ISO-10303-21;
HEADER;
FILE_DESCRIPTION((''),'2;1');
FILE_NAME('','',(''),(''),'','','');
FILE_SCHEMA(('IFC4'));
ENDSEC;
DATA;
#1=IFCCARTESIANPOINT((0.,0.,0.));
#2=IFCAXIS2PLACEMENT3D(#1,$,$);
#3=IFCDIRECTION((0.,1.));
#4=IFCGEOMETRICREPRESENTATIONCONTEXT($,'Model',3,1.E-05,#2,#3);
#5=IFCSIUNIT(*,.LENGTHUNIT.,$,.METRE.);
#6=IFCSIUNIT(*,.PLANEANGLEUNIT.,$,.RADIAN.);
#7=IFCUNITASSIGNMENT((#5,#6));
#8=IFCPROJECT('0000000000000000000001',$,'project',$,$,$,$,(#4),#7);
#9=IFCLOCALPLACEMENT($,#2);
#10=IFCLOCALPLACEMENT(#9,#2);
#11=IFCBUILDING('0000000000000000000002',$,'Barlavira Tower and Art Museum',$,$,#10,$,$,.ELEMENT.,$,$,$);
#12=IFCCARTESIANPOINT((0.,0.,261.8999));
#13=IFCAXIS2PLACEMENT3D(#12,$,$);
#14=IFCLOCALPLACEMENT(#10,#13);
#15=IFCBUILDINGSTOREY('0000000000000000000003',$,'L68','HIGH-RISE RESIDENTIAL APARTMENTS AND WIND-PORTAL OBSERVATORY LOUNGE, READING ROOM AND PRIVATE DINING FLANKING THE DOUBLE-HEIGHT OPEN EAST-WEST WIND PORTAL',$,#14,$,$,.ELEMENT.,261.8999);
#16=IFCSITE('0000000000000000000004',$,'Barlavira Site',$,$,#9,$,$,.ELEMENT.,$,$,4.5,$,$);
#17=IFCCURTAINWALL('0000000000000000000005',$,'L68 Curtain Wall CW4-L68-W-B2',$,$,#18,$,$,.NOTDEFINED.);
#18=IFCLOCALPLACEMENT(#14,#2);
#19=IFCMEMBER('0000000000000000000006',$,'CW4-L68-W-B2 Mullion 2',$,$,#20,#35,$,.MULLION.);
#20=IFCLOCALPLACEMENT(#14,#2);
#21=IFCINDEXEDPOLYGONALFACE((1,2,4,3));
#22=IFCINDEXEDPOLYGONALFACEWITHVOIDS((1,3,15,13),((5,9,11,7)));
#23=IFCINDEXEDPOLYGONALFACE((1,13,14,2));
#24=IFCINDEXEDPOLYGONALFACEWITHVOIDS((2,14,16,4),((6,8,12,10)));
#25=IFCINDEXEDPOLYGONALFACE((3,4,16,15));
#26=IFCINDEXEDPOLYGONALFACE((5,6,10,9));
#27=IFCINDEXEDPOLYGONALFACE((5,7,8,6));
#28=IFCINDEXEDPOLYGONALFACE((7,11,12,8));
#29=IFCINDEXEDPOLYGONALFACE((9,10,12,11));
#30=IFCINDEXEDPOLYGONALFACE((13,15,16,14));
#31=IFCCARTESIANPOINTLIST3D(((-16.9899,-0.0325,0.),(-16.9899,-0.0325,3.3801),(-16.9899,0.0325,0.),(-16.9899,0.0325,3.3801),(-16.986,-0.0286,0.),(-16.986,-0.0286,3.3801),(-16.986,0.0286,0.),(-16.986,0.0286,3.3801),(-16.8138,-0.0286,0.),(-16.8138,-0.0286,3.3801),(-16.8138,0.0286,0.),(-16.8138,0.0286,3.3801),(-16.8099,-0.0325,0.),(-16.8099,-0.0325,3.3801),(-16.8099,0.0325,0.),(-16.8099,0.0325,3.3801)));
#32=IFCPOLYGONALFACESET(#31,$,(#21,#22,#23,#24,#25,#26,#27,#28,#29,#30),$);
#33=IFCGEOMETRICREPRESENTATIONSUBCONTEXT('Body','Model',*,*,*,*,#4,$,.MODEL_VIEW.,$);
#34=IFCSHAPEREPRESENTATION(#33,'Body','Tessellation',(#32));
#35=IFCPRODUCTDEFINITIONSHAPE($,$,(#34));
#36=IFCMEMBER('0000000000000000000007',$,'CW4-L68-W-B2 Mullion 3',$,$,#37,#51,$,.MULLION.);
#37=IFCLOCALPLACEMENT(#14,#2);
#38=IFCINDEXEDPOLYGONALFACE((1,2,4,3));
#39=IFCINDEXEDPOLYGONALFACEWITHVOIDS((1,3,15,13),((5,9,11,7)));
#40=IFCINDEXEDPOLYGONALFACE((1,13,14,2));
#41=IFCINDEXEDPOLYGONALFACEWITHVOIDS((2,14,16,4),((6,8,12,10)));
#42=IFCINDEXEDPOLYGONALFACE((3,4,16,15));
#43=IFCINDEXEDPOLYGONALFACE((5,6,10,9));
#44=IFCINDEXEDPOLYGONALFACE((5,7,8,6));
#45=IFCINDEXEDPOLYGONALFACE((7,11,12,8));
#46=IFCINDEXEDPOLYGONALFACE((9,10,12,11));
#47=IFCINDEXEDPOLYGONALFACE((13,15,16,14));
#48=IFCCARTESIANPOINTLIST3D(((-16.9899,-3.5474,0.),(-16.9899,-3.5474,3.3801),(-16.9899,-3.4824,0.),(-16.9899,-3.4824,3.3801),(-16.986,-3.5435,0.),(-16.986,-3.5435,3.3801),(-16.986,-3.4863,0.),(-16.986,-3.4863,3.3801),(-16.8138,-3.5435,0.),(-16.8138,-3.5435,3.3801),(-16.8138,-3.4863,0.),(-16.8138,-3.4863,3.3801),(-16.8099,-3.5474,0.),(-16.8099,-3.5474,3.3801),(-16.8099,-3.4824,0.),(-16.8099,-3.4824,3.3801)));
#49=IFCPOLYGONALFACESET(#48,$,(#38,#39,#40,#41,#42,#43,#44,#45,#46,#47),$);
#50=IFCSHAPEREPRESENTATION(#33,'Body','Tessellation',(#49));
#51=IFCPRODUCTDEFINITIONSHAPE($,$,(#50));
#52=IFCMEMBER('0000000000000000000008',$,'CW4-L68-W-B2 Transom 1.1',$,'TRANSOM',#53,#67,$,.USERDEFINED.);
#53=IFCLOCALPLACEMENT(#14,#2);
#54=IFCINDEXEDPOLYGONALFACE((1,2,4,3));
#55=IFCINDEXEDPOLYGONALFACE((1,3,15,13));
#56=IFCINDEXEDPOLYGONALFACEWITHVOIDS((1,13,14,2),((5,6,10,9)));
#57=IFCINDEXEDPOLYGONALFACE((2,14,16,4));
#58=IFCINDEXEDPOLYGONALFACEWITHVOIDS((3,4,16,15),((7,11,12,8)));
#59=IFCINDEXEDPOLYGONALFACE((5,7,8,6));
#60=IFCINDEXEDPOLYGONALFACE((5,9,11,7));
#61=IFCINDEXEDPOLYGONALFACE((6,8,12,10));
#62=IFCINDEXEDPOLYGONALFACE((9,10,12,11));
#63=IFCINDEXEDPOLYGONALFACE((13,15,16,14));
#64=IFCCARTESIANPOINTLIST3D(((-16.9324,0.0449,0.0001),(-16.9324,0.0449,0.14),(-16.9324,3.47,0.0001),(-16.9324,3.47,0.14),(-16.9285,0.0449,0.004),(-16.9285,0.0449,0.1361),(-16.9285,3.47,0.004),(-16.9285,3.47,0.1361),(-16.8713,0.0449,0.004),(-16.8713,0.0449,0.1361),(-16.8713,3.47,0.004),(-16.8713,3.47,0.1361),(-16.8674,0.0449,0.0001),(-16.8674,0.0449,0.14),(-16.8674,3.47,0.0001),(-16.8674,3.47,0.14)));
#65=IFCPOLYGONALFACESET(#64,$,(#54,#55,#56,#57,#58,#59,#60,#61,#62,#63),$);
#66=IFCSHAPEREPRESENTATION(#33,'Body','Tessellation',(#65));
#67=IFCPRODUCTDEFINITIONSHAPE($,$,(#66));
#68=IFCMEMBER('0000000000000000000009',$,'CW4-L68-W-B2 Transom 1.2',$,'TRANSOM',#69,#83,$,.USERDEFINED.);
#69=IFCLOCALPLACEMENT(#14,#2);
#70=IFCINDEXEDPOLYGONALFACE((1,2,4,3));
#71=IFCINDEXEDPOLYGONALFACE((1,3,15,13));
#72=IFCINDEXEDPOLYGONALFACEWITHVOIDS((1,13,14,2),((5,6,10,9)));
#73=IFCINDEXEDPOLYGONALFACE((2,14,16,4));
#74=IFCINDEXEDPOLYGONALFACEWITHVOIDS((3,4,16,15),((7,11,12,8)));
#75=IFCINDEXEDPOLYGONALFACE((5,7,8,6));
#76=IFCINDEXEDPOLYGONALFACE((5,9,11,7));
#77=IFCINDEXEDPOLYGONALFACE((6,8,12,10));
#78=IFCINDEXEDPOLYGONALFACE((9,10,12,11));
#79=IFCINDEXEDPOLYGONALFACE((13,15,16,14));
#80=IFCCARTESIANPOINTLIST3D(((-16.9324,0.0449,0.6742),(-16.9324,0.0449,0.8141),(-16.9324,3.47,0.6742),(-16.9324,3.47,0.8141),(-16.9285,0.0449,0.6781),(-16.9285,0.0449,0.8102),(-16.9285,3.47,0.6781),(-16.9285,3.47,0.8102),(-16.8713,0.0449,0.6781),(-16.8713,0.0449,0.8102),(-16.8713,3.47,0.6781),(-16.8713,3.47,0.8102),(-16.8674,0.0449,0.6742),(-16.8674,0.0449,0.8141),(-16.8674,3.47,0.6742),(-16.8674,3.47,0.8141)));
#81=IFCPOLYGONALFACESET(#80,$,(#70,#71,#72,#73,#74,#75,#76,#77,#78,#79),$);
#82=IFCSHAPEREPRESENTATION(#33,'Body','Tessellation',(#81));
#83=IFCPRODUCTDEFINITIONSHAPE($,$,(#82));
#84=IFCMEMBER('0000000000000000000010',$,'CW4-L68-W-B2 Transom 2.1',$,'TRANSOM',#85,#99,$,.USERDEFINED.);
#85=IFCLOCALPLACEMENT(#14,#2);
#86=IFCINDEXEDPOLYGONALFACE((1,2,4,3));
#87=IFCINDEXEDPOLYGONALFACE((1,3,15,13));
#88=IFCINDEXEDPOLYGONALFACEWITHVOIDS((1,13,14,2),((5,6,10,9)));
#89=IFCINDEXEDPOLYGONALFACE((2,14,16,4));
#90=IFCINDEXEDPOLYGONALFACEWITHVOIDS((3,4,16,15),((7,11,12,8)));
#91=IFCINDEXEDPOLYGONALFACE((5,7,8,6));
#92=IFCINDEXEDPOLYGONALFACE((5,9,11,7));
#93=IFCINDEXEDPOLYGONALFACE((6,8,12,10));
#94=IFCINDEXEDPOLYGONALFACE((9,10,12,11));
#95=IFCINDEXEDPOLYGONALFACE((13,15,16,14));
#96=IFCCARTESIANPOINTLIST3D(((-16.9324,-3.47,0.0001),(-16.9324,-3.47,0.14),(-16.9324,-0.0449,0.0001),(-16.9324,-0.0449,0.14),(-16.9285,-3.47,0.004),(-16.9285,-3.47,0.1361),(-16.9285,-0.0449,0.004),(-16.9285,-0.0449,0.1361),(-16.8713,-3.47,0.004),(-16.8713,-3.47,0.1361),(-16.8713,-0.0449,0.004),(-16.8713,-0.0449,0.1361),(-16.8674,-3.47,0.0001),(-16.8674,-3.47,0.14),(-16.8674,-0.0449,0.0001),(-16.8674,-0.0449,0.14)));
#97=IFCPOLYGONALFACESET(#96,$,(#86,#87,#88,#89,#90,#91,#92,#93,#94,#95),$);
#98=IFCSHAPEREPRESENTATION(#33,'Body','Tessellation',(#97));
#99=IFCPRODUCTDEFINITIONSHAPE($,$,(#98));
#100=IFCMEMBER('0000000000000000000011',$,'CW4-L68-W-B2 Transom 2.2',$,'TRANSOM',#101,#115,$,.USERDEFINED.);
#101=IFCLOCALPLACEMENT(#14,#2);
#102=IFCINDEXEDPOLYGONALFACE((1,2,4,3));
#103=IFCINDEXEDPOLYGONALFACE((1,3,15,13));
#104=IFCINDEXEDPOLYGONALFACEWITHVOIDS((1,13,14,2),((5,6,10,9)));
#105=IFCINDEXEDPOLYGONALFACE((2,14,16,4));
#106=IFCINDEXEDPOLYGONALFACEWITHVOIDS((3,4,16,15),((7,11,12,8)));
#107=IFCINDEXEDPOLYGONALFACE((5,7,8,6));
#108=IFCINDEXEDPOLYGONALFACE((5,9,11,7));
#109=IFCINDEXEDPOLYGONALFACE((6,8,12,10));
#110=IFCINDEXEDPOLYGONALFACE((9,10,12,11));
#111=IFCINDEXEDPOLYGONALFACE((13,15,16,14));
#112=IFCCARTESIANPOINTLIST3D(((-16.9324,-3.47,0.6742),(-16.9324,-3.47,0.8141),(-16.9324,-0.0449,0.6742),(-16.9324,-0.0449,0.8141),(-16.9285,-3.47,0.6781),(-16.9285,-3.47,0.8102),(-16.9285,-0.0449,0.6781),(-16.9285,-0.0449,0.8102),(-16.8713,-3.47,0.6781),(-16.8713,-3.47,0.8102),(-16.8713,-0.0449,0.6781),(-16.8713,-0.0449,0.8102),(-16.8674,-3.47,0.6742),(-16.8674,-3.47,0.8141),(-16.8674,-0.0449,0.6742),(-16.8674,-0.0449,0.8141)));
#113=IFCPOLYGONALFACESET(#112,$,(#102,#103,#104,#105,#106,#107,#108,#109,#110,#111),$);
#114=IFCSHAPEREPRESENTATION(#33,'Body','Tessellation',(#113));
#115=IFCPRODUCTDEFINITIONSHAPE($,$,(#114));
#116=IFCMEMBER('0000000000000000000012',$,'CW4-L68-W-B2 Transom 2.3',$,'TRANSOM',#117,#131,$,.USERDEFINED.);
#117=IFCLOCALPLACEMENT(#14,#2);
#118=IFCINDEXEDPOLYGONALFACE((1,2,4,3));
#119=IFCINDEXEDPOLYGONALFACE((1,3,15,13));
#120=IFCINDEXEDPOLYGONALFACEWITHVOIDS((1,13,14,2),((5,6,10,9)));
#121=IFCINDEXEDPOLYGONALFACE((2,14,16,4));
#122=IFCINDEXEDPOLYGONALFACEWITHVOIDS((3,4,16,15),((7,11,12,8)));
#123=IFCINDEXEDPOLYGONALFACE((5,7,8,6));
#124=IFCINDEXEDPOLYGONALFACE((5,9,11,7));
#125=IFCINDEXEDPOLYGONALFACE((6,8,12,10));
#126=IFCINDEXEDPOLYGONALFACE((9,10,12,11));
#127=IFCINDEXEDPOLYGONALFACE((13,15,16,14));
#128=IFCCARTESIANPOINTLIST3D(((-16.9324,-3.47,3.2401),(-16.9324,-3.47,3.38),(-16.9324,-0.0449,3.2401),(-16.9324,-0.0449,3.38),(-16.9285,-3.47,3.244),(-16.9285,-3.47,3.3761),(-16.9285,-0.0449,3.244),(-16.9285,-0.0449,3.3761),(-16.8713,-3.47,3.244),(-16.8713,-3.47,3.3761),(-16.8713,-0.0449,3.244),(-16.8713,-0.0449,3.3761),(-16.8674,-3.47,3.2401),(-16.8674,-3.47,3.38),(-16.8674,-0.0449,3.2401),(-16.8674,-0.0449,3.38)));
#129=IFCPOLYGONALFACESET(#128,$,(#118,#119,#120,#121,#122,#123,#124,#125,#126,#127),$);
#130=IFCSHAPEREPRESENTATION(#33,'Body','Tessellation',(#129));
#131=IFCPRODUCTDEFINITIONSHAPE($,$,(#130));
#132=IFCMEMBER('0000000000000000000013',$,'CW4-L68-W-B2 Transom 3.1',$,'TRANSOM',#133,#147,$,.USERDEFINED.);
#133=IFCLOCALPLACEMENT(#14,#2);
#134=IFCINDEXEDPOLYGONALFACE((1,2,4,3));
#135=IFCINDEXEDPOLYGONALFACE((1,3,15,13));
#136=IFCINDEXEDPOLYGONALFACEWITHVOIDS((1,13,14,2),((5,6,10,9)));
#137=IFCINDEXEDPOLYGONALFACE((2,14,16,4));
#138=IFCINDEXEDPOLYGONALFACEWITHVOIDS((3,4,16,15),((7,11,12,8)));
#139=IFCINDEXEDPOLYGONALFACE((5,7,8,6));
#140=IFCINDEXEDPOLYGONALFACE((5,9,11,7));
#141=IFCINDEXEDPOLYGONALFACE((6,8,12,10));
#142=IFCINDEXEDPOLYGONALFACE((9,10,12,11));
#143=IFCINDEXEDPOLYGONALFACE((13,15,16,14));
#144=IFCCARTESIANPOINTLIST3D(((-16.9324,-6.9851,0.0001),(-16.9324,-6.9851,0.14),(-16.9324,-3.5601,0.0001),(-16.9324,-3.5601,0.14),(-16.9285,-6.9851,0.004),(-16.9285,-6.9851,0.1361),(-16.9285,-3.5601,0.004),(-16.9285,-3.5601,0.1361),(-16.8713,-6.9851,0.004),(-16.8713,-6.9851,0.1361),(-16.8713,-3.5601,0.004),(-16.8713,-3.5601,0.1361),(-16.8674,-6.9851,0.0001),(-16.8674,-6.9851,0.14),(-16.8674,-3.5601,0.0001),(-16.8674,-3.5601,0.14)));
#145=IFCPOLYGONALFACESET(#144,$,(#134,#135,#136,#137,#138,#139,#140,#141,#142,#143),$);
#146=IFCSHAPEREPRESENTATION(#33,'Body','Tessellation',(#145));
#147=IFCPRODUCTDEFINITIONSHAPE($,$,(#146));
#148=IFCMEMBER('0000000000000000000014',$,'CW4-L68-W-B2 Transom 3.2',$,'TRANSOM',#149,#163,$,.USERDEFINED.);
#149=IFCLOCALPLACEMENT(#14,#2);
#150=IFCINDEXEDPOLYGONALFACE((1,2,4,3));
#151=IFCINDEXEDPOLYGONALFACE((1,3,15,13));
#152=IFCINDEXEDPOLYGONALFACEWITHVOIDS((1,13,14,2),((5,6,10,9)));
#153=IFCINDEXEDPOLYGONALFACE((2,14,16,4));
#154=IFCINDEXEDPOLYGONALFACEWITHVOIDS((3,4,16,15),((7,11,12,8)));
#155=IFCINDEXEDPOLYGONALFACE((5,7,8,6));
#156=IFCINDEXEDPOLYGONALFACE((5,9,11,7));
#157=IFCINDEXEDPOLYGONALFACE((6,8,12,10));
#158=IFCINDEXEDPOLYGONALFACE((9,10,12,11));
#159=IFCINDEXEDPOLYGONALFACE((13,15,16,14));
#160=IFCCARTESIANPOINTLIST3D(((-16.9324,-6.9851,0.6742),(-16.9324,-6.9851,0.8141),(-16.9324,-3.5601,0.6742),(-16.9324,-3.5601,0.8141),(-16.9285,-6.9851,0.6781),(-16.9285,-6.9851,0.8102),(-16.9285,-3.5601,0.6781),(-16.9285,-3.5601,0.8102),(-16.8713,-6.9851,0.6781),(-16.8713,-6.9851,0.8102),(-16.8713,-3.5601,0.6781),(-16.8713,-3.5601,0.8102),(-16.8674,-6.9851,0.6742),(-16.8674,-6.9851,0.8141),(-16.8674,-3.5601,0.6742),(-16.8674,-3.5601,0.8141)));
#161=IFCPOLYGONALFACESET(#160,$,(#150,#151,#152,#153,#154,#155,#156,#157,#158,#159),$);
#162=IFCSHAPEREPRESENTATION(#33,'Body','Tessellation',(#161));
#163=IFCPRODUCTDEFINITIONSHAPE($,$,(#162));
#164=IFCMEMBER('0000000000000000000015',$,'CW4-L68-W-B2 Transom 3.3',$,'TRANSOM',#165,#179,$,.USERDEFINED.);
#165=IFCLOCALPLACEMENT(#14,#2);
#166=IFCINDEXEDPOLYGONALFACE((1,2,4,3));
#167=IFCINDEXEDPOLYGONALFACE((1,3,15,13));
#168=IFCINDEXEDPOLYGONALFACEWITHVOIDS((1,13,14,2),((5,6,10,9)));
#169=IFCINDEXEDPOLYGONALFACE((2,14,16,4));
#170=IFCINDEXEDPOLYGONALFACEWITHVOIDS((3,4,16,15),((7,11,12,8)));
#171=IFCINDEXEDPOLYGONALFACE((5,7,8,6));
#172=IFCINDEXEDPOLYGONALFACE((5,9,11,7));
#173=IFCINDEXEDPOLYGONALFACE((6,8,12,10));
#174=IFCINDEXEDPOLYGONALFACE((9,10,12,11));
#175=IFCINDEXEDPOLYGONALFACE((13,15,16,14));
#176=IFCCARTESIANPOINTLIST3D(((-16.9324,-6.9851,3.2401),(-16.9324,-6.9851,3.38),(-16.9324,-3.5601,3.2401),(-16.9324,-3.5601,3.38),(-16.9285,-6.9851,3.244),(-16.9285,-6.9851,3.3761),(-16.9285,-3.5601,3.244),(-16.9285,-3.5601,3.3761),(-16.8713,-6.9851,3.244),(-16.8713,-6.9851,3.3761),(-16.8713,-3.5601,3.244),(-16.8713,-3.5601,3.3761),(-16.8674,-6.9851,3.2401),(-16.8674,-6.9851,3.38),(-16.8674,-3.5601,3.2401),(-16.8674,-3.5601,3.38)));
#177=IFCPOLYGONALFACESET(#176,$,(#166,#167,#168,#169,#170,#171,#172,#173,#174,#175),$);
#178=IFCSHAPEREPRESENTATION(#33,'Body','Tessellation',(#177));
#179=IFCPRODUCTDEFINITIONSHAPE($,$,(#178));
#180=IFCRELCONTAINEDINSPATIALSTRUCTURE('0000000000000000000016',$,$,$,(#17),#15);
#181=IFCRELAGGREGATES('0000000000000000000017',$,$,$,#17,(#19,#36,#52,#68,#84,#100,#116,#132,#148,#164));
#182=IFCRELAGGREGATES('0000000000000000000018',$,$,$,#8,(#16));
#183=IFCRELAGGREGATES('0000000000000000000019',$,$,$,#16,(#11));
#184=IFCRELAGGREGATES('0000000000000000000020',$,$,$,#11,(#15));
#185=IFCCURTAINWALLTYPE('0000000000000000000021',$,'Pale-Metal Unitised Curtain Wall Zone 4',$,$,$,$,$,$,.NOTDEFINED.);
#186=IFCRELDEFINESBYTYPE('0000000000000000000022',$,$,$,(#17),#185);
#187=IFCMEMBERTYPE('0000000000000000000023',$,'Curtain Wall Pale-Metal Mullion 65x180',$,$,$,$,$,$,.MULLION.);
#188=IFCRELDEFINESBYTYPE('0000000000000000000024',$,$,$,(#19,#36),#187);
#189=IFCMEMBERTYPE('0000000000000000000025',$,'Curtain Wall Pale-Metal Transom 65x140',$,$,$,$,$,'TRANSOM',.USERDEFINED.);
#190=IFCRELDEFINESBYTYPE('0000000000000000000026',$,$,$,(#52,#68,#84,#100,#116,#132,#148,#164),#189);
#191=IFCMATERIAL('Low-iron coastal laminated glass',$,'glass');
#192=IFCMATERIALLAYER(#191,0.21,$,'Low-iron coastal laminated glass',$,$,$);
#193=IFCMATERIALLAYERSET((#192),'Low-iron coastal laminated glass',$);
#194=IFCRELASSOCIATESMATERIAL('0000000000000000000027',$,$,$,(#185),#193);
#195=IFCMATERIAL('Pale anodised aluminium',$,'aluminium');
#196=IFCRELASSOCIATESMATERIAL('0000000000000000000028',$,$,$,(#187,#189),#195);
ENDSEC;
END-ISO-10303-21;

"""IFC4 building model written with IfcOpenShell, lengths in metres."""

from ifc_helpers import new_model, si_unit, direction, frame, origin, origin_2d, place, context, subcontext, project, spatial, hollow_rectangle, extrude, material, layer, layer_set, material_profile, profile_set, type_object, element, aggregate, save


model = new_model("IFC4")

# Units and contexts
model_context = context("Model", 3, precision=1e-05, world=origin(), true_north=direction((0.0, 1.0)))
body_context = subcontext(model_context, "Body", "Model", "MODEL_VIEW")
ifc_project = project(units=[si_unit("LENGTHUNIT", "METRE"), si_unit("PLANEANGLEUNIT", "RADIAN")], contexts=[model_context])

# Site, building, storey
site_placement = place(None, origin())
site = spatial("IfcSite", under=ifc_project, at=site_placement, Name="Barlavira Site", CompositionType="ELEMENT", RefElevation=4.5)
building_placement = place(site_placement, origin())
building = spatial("IfcBuilding", under=site, at=building_placement, Name="Barlavira Tower and Art Museum", CompositionType="ELEMENT")
storey_placement = place(building_placement, frame((0.0, 0.0, 261.8999)))
storey = spatial("IfcBuildingStorey", under=building, at=storey_placement, Name="L68", Description="HIGH-RISE RESIDENTIAL APARTMENTS AND WIND-PORTAL OBSERVATORY LOUNGE, READING ROOM AND PRIVATE DINING FLANKING THE DOUBLE-HEIGHT OPEN EAST-WEST WIND PORTAL", CompositionType="ELEMENT", Elevation=261.8999)

# Curtain wall, members
ifc_material_1 = material(Name="Low-iron coastal laminated glass", Category="glass")
ifc_layer_1 = layer(ifc_material_1, 0.21, Name="Low-iron coastal laminated glass")
ifc_layer_set_1 = layer_set([ifc_layer_1], Name="Low-iron coastal laminated glass")
curtain_wall_type = type_object("IfcCurtainWallType", Name="Pale-Metal Unitised Curtain Wall Zone 4", PredefinedType="NOTDEFINED", material=ifc_layer_set_1)
curtain_wall_placement = place(storey_placement, origin())
curtain_wall = element("IfcCurtainWall", 1, at=curtain_wall_placement, inside=storey, type_object=curtain_wall_type, Name="L68 Curtain Wall CW4-L68-W-B2", PredefinedType="NOTDEFINED")
ifc_material_2 = material(Name="Pale anodised aluminium", Category="aluminium")
ifc_material_profile_1 = material_profile(ifc_material_2, hollow_rectangle(XDim=0.0649, YDim=0.1799, WallThickness=0.0039, at=origin_2d()), Name="ALU-MULL 65x180x4")
ifc_profile_set_1 = profile_set([ifc_material_profile_1], Name="Pale anodised aluminium")
member_type_1 = type_object("IfcMemberType", Name="Curtain Wall Pale-Metal Mullion 65x180", PredefinedType="MULLION", material=ifc_profile_set_1)
member_1_placement = place(storey_placement, frame((-16.8999, 0.0, 0.0), z_axis=(0.0, 0.0, 1.0), x_axis=(0.0, -1.0, 0.0)))
member_1 = element("IfcMember", 2, at=member_1_placement, type_object=member_type_1, Name="CW4-L68-W-B2 Mullion 2", PredefinedType="MULLION", context=body_context, shape_type="SweptSolid", body=[
    extrude(hollow_rectangle(XDim=0.0649, YDim=0.1799, WallThickness=0.0039, at=origin_2d()), origin(), (0.0, 0.0, 1.0), 3.3801),
])
member_2_placement = place(storey_placement, frame((-16.8999, -3.5149, 0.0), z_axis=(0.0, 0.0, 1.0), x_axis=(0.0, -1.0, 0.0)))
member_2 = element("IfcMember", 3, at=member_2_placement, type_object=member_type_1, Name="CW4-L68-W-B2 Mullion 3", PredefinedType="MULLION", context=body_context, shape_type="SweptSolid", body=[
    extrude(hollow_rectangle(XDim=0.0649, YDim=0.1799, WallThickness=0.0039, at=origin_2d()), origin(), (0.0, 0.0, 1.0), 3.3801),
])
ifc_material_profile_2 = material_profile(ifc_material_2, hollow_rectangle(XDim=0.0649, YDim=0.1399, WallThickness=0.0039, at=origin_2d()), Name="ALU-TRAN 65x140x4")
ifc_profile_set_2 = profile_set([ifc_material_profile_2], Name="Pale anodised aluminium")
member_type_2 = type_object("IfcMemberType", Name="Curtain Wall Pale-Metal Transom 65x140", ElementType="TRANSOM", PredefinedType="USERDEFINED", material=ifc_profile_set_2)
member_3_placement = place(storey_placement, frame((-16.8999, 3.47, 0.0701), z_axis=(0.0, -1.0, 0.0), x_axis=(1.0, 0.0, 0.0)))
member_3 = element("IfcMember", 4, at=member_3_placement, type_object=member_type_2, Name="CW4-L68-W-B2 Transom 1.1", ObjectType="TRANSOM", PredefinedType="USERDEFINED", context=body_context, shape_type="SweptSolid", body=[
    extrude(hollow_rectangle(XDim=0.0649, YDim=0.1399, WallThickness=0.0039, at=origin_2d()), origin(), (0.0, 0.0, 1.0), 3.425),
])
member_4_placement = place(storey_placement, frame((-16.8999, 3.47, 0.7441), z_axis=(0.0, -1.0, 0.0), x_axis=(1.0, 0.0, 0.0)))
member_4 = element("IfcMember", 5, at=member_4_placement, type_object=member_type_2, Name="CW4-L68-W-B2 Transom 1.2", ObjectType="TRANSOM", PredefinedType="USERDEFINED", context=body_context, shape_type="SweptSolid", body=[
    extrude(hollow_rectangle(XDim=0.0649, YDim=0.1399, WallThickness=0.0039, at=origin_2d()), origin(), (0.0, 0.0, 1.0), 3.425),
])
member_5_placement = place(storey_placement, frame((-16.8999, -0.0449, 0.0701), z_axis=(0.0, -1.0, 0.0), x_axis=(1.0, 0.0, 0.0)))
member_5 = element("IfcMember", 6, at=member_5_placement, type_object=member_type_2, Name="CW4-L68-W-B2 Transom 2.1", ObjectType="TRANSOM", PredefinedType="USERDEFINED", context=body_context, shape_type="SweptSolid", body=[
    extrude(hollow_rectangle(XDim=0.0649, YDim=0.1399, WallThickness=0.0039, at=origin_2d()), origin(), (0.0, 0.0, 1.0), 3.425),
])
member_6_placement = place(storey_placement, frame((-16.8999, -0.0449, 0.7441), z_axis=(0.0, -1.0, 0.0), x_axis=(1.0, 0.0, 0.0)))
member_6 = element("IfcMember", 7, at=member_6_placement, type_object=member_type_2, Name="CW4-L68-W-B2 Transom 2.2", ObjectType="TRANSOM", PredefinedType="USERDEFINED", context=body_context, shape_type="SweptSolid", body=[
    extrude(hollow_rectangle(XDim=0.0649, YDim=0.1399, WallThickness=0.0039, at=origin_2d()), origin(), (0.0, 0.0, 1.0), 3.425),
])
member_7_placement = place(storey_placement, frame((-16.8999, -0.0449, 3.3101), z_axis=(0.0, -1.0, 0.0), x_axis=(1.0, 0.0, 0.0)))
member_7 = element("IfcMember", 8, at=member_7_placement, type_object=member_type_2, Name="CW4-L68-W-B2 Transom 2.3", ObjectType="TRANSOM", PredefinedType="USERDEFINED", context=body_context, shape_type="SweptSolid", body=[
    extrude(hollow_rectangle(XDim=0.0649, YDim=0.1399, WallThickness=0.0039, at=origin_2d()), origin(), (0.0, 0.0, 1.0), 3.425),
])
member_8_placement = place(storey_placement, frame((-16.8999, -3.5601, 0.0701), z_axis=(0.0, -1.0, 0.0), x_axis=(1.0, 0.0, 0.0)))
member_8 = element("IfcMember", 9, at=member_8_placement, type_object=member_type_2, Name="CW4-L68-W-B2 Transom 3.1", ObjectType="TRANSOM", PredefinedType="USERDEFINED", context=body_context, shape_type="SweptSolid", body=[
    extrude(hollow_rectangle(XDim=0.0649, YDim=0.1399, WallThickness=0.0039, at=origin_2d()), origin(), (0.0, 0.0, 1.0), 3.425),
])
member_9_placement = place(storey_placement, frame((-16.8999, -3.5601, 0.7441), z_axis=(0.0, -1.0, 0.0), x_axis=(1.0, 0.0, 0.0)))
member_9 = element("IfcMember", 10, at=member_9_placement, type_object=member_type_2, Name="CW4-L68-W-B2 Transom 3.2", ObjectType="TRANSOM", PredefinedType="USERDEFINED", context=body_context, shape_type="SweptSolid", body=[
    extrude(hollow_rectangle(XDim=0.0649, YDim=0.1399, WallThickness=0.0039, at=origin_2d()), origin(), (0.0, 0.0, 1.0), 3.425),
])
member_10_placement = place(storey_placement, frame((-16.8999, -3.5601, 3.3101), z_axis=(0.0, -1.0, 0.0), x_axis=(1.0, 0.0, 0.0)))
member_10 = element("IfcMember", 11, at=member_10_placement, type_object=member_type_2, Name="CW4-L68-W-B2 Transom 3.3", ObjectType="TRANSOM", PredefinedType="USERDEFINED", context=body_context, shape_type="SweptSolid", body=[
    extrude(hollow_rectangle(XDim=0.0649, YDim=0.1399, WallThickness=0.0039, at=origin_2d()), origin(), (0.0, 0.0, 1.0), 3.425),
])

aggregate(curtain_wall, [member_1, member_2, member_3, member_4, member_5, member_6, member_7, member_8, member_9, member_10])

save(model, "model.ifc")
